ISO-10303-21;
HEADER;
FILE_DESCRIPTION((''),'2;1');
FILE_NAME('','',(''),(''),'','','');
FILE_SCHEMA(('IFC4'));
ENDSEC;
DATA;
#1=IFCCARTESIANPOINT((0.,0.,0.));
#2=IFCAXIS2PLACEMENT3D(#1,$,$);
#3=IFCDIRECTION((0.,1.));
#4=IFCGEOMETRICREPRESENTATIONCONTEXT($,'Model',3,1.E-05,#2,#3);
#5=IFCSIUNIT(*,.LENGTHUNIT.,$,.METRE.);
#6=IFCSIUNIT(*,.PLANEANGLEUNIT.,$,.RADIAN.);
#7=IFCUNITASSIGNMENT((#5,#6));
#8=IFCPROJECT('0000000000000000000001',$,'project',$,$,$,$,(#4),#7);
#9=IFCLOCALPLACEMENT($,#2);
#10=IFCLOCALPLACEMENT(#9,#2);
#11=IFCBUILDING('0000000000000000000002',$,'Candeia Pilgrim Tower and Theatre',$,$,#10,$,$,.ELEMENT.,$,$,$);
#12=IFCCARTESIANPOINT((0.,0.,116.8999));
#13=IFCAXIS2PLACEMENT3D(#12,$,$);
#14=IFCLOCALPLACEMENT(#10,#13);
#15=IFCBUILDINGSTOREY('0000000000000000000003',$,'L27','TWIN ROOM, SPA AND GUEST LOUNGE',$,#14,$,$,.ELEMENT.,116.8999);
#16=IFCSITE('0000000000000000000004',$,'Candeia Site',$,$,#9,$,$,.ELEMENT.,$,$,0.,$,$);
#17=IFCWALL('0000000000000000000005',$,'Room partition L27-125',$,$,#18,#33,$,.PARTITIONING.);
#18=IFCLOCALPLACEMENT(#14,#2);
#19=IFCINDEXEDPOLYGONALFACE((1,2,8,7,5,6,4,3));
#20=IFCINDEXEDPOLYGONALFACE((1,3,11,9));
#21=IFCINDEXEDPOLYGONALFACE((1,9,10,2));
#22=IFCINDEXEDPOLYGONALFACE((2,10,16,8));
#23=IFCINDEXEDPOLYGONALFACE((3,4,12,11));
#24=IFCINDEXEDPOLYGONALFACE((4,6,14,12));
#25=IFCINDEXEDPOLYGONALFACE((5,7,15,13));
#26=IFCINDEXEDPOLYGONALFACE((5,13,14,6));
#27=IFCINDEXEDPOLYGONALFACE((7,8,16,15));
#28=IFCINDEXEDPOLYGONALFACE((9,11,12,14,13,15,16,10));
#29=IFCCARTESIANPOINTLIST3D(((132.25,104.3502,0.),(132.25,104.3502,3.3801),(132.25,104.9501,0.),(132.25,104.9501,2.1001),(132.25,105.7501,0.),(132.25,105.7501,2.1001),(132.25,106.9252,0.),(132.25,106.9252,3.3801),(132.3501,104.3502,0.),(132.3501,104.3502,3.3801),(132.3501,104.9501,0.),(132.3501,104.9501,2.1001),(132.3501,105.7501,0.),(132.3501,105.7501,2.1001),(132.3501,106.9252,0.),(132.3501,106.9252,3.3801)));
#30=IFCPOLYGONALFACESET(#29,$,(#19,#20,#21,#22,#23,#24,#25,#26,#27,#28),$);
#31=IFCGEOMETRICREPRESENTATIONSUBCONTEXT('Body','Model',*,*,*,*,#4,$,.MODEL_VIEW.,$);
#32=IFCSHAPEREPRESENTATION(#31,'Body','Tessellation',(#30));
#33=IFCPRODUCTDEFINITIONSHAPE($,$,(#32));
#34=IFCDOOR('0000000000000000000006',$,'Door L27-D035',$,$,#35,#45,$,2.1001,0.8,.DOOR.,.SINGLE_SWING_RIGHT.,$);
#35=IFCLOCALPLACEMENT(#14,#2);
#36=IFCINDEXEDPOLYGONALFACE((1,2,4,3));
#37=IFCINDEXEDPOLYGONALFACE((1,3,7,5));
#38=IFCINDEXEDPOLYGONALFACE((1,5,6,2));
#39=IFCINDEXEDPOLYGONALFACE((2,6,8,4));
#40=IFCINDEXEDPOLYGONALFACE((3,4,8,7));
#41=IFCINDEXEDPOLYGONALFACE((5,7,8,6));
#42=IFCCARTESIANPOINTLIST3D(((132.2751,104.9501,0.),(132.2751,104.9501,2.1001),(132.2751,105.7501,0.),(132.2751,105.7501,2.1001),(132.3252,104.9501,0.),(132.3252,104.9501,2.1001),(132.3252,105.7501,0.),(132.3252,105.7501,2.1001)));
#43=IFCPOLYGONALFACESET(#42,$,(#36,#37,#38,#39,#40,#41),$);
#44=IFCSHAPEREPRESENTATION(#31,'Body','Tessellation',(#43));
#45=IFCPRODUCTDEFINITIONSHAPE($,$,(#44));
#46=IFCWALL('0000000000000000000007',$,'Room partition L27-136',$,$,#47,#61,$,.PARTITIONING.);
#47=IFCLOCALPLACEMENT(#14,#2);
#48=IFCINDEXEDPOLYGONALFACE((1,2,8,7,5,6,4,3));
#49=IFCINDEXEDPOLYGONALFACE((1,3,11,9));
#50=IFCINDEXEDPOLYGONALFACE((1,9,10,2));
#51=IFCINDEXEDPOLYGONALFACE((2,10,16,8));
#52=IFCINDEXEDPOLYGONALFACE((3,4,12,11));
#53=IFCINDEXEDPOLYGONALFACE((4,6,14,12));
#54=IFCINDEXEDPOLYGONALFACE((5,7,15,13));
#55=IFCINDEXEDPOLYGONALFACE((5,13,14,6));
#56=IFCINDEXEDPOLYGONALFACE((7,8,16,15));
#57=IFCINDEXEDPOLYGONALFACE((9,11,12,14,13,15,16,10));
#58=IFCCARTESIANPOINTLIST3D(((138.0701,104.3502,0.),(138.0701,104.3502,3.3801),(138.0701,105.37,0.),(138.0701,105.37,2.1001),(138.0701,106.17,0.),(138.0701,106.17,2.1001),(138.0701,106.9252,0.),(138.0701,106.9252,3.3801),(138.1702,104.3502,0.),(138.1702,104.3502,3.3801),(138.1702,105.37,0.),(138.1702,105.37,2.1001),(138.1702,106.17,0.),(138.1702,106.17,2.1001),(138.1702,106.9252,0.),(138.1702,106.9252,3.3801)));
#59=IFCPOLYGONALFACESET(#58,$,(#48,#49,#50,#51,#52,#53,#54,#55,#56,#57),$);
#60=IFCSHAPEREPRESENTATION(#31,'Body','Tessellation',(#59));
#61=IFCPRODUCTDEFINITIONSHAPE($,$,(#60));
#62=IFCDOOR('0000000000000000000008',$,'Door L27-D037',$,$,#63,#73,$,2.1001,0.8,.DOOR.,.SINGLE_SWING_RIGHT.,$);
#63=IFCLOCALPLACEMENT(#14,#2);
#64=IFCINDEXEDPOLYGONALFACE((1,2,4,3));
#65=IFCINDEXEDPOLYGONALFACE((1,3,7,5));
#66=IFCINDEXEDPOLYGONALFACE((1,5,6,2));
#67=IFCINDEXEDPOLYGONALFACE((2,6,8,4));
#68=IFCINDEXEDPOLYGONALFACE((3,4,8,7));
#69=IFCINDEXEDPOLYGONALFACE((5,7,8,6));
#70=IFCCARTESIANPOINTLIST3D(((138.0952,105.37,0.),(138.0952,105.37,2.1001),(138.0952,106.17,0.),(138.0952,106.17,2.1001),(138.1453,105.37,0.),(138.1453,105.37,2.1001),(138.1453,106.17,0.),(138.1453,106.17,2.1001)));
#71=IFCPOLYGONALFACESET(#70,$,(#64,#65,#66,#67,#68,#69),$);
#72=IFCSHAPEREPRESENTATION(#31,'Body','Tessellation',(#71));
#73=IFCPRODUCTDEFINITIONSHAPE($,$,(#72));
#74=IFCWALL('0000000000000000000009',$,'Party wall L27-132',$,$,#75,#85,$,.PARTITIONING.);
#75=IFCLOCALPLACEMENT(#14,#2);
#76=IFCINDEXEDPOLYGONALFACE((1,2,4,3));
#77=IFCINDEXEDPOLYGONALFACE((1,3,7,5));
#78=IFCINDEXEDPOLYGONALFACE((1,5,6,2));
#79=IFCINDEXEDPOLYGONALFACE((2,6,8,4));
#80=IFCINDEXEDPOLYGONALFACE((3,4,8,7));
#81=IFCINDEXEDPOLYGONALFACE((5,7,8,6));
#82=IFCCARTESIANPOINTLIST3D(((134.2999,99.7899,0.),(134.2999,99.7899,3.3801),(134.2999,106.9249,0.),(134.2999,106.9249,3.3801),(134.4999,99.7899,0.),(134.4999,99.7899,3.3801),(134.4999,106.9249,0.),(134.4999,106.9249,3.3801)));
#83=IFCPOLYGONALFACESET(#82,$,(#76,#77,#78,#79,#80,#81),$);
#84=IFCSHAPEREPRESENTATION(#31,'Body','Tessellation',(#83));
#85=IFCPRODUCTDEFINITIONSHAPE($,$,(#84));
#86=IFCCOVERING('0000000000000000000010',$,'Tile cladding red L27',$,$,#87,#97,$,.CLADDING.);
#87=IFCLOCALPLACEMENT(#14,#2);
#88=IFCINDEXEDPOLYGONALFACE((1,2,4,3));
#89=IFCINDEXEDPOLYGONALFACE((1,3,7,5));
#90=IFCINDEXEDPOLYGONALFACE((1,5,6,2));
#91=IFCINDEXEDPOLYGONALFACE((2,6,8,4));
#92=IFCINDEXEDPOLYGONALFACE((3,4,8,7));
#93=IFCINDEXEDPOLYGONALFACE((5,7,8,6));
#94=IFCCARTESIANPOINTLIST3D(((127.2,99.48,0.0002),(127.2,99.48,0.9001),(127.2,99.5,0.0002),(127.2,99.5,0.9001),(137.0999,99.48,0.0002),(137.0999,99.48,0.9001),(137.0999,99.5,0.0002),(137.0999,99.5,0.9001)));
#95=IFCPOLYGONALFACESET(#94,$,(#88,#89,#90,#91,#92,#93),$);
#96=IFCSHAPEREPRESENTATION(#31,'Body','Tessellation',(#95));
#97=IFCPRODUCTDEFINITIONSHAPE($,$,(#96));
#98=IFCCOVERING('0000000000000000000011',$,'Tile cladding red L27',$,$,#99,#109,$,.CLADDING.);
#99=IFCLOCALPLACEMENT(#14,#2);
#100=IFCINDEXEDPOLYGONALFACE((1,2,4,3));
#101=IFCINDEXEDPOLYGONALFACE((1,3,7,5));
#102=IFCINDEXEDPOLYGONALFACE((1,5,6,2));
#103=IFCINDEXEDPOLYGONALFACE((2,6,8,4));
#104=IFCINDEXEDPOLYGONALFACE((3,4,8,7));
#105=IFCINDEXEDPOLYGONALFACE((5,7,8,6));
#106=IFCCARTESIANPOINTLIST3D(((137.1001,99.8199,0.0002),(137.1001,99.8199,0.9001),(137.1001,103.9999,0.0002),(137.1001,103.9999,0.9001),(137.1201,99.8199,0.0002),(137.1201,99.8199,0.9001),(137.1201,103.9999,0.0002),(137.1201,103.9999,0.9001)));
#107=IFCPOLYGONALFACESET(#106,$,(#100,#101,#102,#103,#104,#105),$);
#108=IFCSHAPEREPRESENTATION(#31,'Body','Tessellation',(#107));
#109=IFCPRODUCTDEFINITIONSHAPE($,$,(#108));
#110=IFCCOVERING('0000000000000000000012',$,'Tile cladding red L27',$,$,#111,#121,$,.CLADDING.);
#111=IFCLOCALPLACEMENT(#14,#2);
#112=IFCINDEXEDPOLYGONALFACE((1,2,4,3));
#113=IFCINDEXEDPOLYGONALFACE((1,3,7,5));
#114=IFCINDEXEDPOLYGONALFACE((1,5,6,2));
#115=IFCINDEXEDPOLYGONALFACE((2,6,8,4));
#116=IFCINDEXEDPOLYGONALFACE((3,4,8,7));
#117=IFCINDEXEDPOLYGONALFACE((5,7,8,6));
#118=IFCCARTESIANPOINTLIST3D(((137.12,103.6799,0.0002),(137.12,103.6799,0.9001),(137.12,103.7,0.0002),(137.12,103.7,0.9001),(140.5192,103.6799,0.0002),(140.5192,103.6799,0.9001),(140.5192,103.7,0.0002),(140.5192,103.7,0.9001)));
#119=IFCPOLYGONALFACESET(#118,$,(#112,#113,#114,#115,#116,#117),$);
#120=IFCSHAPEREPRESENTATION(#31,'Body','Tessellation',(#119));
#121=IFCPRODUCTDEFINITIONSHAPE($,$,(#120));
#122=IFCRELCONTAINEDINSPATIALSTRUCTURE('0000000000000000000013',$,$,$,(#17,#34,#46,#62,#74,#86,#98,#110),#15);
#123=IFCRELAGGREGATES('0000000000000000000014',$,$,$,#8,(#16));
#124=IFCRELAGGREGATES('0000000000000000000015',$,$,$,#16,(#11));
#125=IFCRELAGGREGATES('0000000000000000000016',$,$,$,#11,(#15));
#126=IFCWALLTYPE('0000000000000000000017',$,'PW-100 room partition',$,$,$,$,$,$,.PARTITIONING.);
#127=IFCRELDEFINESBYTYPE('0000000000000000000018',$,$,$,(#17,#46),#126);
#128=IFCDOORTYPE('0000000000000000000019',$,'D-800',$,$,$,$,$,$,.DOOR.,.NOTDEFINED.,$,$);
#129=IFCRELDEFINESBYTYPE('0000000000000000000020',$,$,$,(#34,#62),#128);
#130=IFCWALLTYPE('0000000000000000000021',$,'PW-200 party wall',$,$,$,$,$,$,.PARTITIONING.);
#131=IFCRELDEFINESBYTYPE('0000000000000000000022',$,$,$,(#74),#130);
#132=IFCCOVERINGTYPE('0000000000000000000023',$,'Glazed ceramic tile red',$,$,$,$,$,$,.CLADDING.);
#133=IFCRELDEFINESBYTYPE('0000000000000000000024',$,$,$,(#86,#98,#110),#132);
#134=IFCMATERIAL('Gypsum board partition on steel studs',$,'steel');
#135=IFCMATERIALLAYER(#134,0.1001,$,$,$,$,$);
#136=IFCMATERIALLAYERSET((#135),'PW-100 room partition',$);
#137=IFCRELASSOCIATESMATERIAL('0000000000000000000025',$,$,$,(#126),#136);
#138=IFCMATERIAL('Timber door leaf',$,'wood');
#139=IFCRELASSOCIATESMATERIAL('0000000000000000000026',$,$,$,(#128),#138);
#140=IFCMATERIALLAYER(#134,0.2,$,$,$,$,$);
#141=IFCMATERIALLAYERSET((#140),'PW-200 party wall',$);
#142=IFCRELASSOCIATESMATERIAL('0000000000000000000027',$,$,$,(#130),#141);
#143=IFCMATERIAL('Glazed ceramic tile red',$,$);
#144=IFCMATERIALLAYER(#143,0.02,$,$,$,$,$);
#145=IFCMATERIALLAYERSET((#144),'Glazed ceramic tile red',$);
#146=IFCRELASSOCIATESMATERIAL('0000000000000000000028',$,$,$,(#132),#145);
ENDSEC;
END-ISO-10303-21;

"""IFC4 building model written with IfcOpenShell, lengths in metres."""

from ifc_helpers import new_model, si_unit, direction, frame, frame_2d, origin, origin_2d, place, context, subcontext, project, spatial, rectangle, extrude, material, layer, layer_set, type_object, element, fill, save


model = new_model("IFC4")

# Units and contexts
model_context = context("Model", 3, precision=1e-05, world=origin(), true_north=direction((0.0, 1.0)))
body_context = subcontext(model_context, "Body", "Model", "MODEL_VIEW")
ifc_project = project(units=[si_unit("LENGTHUNIT", "METRE"), si_unit("PLANEANGLEUNIT", "RADIAN")], contexts=[model_context])

# Site, building, storey
site_placement = place(None, origin())
site = spatial("IfcSite", under=ifc_project, at=site_placement, Name="Candeia Site", CompositionType="ELEMENT", RefElevation=0.0)
building_placement = place(site_placement, origin())
building = spatial("IfcBuilding", under=site, at=building_placement, Name="Candeia Pilgrim Tower and Theatre", CompositionType="ELEMENT")
storey_placement = place(building_placement, frame((0.0, 0.0, 116.8999)))
storey = spatial("IfcBuildingStorey", under=building, at=storey_placement, Name="L27", Description="TWIN ROOM, SPA AND GUEST LOUNGE", CompositionType="ELEMENT", Elevation=116.8999)

# Shared definitions
ifc_material_1 = material(Name="Gypsum board partition on steel studs", Category="steel")
ifc_layer_1 = layer(ifc_material_1, 0.1001)
ifc_layer_set_1 = layer_set([ifc_layer_1], Name="PW-100 room partition")
wall_type_1 = type_object("IfcWallType", Name="PW-100 room partition", PredefinedType="PARTITIONING", material=ifc_layer_set_1)

# Walls, openings, doors
wall_1_placement = place(storey_placement, frame((132.3, 104.3501, 0.0), z_axis=(0.0, 0.0, 1.0), x_axis=(0.0, 1.0, 0.0)))
wall_1 = element("IfcWall", 1, at=wall_1_placement, inside=storey, type_object=wall_type_1, Name="Room partition L27-125", PredefinedType="PARTITIONING", context=body_context, shape_type="SweptSolid", body=[
    extrude(rectangle(XDim=2.575, YDim=0.1001, at=frame_2d((1.2876, 0.0))), origin(), (0.0, 0.0, 1.0), 3.3801),
])
opening_1_placement = place(wall_1_placement, frame((0.6001, 0.0, 0.0)))
opening_1 = element("IfcOpeningElement", 2, at=opening_1_placement, cuts=wall_1, PredefinedType="OPENING", context=body_context, shape_type="SweptSolid", body=[
    extrude(rectangle(XDim=0.8, YDim=2.1001, at=frame_2d((0.3999, 1.05))), frame((0.0, 0.0601, 0.0), z_axis=(0.0, -1.0, 0.0), x_axis=(1.0, 0.0, 0.0)), (0.0, 0.0, 1.0), 0.1201),
])
ifc_material_2 = material(Name="Timber door leaf", Category="wood")
door_type_1 = type_object("IfcDoorType", Name="D-800", OperationType="NOTDEFINED", PredefinedType="DOOR", material=ifc_material_2)
door_1_placement = place(opening_1_placement, origin())
door_1 = element("IfcDoor", 3, at=door_1_placement, inside=storey, type_object=door_type_1, Name="Door L27-D035", OperationType="SINGLE_SWING_RIGHT", OverallHeight=2.1001, OverallWidth=0.8, PredefinedType="DOOR", context=body_context, shape_type="SweptSolid", body=[
    extrude(rectangle(XDim=0.8, YDim=2.1001, at=frame_2d((0.3999, 1.05))), frame((0.0, 0.0249, 0.0), z_axis=(0.0, -1.0, 0.0), x_axis=(1.0, 0.0, 0.0)), (0.0, 0.0, 1.0), 0.05),
])
fill(opening_1, door_1)
wall_2_placement = place(storey_placement, frame((138.1201, 104.3501, 0.0), z_axis=(0.0, 0.0, 1.0), x_axis=(0.0, 1.0, 0.0)))
wall_2 = element("IfcWall", 4, at=wall_2_placement, inside=storey, type_object=wall_type_1, Name="Room partition L27-136", PredefinedType="PARTITIONING", context=body_context, shape_type="SweptSolid", body=[
    extrude(rectangle(XDim=2.575, YDim=0.1001, at=frame_2d((1.2876, 0.0))), origin(), (0.0, 0.0, 1.0), 3.3801),
])
opening_2_placement = place(wall_2_placement, frame((1.02, 0.0, 0.0)))
opening_2 = element("IfcOpeningElement", 5, at=opening_2_placement, cuts=wall_2, PredefinedType="OPENING", context=body_context, shape_type="SweptSolid", body=[
    extrude(rectangle(XDim=0.8, YDim=2.1001, at=frame_2d((0.3999, 1.05))), frame((0.0, 0.0601, 0.0), z_axis=(0.0, -1.0, 0.0), x_axis=(1.0, 0.0, 0.0)), (0.0, 0.0, 1.0), 0.1201),
])
door_2_placement = place(opening_2_placement, origin())
door_2 = element("IfcDoor", 6, at=door_2_placement, inside=storey, type_object=door_type_1, Name="Door L27-D037", OperationType="SINGLE_SWING_RIGHT", OverallHeight=2.1001, OverallWidth=0.8, PredefinedType="DOOR", context=body_context, shape_type="SweptSolid", body=[
    extrude(rectangle(XDim=0.8, YDim=2.1001, at=frame_2d((0.3999, 1.05))), frame((0.0, 0.0249, 0.0), z_axis=(0.0, -1.0, 0.0), x_axis=(1.0, 0.0, 0.0)), (0.0, 0.0, 1.0), 0.05),
])
fill(opening_2, door_2)

# Wall
ifc_layer_2 = layer(ifc_material_1, 0.2)
ifc_layer_set_2 = layer_set([ifc_layer_2], Name="PW-200 party wall")
wall_type_2 = type_object("IfcWallType", Name="PW-200 party wall", PredefinedType="PARTITIONING", material=ifc_layer_set_2)
wall_3_placement = place(storey_placement, frame((134.3999, 99.79, 0.0), z_axis=(0.0, 0.0, 1.0), x_axis=(0.0, 1.0, 0.0)))
element("IfcWall", 7, at=wall_3_placement, inside=storey, type_object=wall_type_2, Name="Party wall L27-132", PredefinedType="PARTITIONING", context=body_context, shape_type="SweptSolid", body=[
    extrude(rectangle(XDim=7.135, YDim=0.2, at=frame_2d((3.5674, 0.0))), origin(), (0.0, 0.0, 1.0), 3.3801),
])

# Coverings
ifc_material_3 = material(Name="Glazed ceramic tile red")
ifc_layer_3 = layer(ifc_material_3, 0.02)
ifc_layer_set_3 = layer_set([ifc_layer_3], Name="Glazed ceramic tile red")
covering_type = type_object("IfcCoveringType", Name="Glazed ceramic tile red", PredefinedType="CLADDING", material=ifc_layer_set_3)
covering_1_placement = place(storey_placement, frame((132.1499, 99.49, 0.0002), z_axis=(0.0, 0.0, 1.0), x_axis=(1.0, 0.0, 0.0)))
element("IfcCovering", 8, at=covering_1_placement, inside=storey, type_object=covering_type, Name="Tile cladding red L27", PredefinedType="CLADDING", context=body_context, shape_type="SweptSolid", body=[
    extrude(rectangle(XDim=9.8999, YDim=0.02, at=origin_2d()), origin(), (0.0, 0.0, 1.0), 0.8999),
])
covering_2_placement = place(storey_placement, frame((137.1101, 101.9099, 0.0002), z_axis=(0.0, 0.0, 1.0), x_axis=(0.0, 1.0, 0.0)))
element("IfcCovering", 9, at=covering_2_placement, inside=storey, type_object=covering_type, Name="Tile cladding red L27", PredefinedType="CLADDING", context=body_context, shape_type="SweptSolid", body=[
    extrude(rectangle(XDim=4.1799, YDim=0.02, at=origin_2d()), origin(), (0.0, 0.0, 1.0), 0.8999),
])
covering_3_placement = place(storey_placement, frame((138.8196, 103.6899, 0.0002), z_axis=(0.0, 0.0, 1.0), x_axis=(1.0, 0.0, 0.0)))
element("IfcCovering", 10, at=covering_3_placement, inside=storey, type_object=covering_type, Name="Tile cladding red L27", PredefinedType="CLADDING", context=body_context, shape_type="SweptSolid", body=[
    extrude(rectangle(XDim=3.3992, YDim=0.02, at=origin_2d()), origin(), (0.0, 0.0, 1.0), 0.8999),
])

save(model, "model.ifc")
